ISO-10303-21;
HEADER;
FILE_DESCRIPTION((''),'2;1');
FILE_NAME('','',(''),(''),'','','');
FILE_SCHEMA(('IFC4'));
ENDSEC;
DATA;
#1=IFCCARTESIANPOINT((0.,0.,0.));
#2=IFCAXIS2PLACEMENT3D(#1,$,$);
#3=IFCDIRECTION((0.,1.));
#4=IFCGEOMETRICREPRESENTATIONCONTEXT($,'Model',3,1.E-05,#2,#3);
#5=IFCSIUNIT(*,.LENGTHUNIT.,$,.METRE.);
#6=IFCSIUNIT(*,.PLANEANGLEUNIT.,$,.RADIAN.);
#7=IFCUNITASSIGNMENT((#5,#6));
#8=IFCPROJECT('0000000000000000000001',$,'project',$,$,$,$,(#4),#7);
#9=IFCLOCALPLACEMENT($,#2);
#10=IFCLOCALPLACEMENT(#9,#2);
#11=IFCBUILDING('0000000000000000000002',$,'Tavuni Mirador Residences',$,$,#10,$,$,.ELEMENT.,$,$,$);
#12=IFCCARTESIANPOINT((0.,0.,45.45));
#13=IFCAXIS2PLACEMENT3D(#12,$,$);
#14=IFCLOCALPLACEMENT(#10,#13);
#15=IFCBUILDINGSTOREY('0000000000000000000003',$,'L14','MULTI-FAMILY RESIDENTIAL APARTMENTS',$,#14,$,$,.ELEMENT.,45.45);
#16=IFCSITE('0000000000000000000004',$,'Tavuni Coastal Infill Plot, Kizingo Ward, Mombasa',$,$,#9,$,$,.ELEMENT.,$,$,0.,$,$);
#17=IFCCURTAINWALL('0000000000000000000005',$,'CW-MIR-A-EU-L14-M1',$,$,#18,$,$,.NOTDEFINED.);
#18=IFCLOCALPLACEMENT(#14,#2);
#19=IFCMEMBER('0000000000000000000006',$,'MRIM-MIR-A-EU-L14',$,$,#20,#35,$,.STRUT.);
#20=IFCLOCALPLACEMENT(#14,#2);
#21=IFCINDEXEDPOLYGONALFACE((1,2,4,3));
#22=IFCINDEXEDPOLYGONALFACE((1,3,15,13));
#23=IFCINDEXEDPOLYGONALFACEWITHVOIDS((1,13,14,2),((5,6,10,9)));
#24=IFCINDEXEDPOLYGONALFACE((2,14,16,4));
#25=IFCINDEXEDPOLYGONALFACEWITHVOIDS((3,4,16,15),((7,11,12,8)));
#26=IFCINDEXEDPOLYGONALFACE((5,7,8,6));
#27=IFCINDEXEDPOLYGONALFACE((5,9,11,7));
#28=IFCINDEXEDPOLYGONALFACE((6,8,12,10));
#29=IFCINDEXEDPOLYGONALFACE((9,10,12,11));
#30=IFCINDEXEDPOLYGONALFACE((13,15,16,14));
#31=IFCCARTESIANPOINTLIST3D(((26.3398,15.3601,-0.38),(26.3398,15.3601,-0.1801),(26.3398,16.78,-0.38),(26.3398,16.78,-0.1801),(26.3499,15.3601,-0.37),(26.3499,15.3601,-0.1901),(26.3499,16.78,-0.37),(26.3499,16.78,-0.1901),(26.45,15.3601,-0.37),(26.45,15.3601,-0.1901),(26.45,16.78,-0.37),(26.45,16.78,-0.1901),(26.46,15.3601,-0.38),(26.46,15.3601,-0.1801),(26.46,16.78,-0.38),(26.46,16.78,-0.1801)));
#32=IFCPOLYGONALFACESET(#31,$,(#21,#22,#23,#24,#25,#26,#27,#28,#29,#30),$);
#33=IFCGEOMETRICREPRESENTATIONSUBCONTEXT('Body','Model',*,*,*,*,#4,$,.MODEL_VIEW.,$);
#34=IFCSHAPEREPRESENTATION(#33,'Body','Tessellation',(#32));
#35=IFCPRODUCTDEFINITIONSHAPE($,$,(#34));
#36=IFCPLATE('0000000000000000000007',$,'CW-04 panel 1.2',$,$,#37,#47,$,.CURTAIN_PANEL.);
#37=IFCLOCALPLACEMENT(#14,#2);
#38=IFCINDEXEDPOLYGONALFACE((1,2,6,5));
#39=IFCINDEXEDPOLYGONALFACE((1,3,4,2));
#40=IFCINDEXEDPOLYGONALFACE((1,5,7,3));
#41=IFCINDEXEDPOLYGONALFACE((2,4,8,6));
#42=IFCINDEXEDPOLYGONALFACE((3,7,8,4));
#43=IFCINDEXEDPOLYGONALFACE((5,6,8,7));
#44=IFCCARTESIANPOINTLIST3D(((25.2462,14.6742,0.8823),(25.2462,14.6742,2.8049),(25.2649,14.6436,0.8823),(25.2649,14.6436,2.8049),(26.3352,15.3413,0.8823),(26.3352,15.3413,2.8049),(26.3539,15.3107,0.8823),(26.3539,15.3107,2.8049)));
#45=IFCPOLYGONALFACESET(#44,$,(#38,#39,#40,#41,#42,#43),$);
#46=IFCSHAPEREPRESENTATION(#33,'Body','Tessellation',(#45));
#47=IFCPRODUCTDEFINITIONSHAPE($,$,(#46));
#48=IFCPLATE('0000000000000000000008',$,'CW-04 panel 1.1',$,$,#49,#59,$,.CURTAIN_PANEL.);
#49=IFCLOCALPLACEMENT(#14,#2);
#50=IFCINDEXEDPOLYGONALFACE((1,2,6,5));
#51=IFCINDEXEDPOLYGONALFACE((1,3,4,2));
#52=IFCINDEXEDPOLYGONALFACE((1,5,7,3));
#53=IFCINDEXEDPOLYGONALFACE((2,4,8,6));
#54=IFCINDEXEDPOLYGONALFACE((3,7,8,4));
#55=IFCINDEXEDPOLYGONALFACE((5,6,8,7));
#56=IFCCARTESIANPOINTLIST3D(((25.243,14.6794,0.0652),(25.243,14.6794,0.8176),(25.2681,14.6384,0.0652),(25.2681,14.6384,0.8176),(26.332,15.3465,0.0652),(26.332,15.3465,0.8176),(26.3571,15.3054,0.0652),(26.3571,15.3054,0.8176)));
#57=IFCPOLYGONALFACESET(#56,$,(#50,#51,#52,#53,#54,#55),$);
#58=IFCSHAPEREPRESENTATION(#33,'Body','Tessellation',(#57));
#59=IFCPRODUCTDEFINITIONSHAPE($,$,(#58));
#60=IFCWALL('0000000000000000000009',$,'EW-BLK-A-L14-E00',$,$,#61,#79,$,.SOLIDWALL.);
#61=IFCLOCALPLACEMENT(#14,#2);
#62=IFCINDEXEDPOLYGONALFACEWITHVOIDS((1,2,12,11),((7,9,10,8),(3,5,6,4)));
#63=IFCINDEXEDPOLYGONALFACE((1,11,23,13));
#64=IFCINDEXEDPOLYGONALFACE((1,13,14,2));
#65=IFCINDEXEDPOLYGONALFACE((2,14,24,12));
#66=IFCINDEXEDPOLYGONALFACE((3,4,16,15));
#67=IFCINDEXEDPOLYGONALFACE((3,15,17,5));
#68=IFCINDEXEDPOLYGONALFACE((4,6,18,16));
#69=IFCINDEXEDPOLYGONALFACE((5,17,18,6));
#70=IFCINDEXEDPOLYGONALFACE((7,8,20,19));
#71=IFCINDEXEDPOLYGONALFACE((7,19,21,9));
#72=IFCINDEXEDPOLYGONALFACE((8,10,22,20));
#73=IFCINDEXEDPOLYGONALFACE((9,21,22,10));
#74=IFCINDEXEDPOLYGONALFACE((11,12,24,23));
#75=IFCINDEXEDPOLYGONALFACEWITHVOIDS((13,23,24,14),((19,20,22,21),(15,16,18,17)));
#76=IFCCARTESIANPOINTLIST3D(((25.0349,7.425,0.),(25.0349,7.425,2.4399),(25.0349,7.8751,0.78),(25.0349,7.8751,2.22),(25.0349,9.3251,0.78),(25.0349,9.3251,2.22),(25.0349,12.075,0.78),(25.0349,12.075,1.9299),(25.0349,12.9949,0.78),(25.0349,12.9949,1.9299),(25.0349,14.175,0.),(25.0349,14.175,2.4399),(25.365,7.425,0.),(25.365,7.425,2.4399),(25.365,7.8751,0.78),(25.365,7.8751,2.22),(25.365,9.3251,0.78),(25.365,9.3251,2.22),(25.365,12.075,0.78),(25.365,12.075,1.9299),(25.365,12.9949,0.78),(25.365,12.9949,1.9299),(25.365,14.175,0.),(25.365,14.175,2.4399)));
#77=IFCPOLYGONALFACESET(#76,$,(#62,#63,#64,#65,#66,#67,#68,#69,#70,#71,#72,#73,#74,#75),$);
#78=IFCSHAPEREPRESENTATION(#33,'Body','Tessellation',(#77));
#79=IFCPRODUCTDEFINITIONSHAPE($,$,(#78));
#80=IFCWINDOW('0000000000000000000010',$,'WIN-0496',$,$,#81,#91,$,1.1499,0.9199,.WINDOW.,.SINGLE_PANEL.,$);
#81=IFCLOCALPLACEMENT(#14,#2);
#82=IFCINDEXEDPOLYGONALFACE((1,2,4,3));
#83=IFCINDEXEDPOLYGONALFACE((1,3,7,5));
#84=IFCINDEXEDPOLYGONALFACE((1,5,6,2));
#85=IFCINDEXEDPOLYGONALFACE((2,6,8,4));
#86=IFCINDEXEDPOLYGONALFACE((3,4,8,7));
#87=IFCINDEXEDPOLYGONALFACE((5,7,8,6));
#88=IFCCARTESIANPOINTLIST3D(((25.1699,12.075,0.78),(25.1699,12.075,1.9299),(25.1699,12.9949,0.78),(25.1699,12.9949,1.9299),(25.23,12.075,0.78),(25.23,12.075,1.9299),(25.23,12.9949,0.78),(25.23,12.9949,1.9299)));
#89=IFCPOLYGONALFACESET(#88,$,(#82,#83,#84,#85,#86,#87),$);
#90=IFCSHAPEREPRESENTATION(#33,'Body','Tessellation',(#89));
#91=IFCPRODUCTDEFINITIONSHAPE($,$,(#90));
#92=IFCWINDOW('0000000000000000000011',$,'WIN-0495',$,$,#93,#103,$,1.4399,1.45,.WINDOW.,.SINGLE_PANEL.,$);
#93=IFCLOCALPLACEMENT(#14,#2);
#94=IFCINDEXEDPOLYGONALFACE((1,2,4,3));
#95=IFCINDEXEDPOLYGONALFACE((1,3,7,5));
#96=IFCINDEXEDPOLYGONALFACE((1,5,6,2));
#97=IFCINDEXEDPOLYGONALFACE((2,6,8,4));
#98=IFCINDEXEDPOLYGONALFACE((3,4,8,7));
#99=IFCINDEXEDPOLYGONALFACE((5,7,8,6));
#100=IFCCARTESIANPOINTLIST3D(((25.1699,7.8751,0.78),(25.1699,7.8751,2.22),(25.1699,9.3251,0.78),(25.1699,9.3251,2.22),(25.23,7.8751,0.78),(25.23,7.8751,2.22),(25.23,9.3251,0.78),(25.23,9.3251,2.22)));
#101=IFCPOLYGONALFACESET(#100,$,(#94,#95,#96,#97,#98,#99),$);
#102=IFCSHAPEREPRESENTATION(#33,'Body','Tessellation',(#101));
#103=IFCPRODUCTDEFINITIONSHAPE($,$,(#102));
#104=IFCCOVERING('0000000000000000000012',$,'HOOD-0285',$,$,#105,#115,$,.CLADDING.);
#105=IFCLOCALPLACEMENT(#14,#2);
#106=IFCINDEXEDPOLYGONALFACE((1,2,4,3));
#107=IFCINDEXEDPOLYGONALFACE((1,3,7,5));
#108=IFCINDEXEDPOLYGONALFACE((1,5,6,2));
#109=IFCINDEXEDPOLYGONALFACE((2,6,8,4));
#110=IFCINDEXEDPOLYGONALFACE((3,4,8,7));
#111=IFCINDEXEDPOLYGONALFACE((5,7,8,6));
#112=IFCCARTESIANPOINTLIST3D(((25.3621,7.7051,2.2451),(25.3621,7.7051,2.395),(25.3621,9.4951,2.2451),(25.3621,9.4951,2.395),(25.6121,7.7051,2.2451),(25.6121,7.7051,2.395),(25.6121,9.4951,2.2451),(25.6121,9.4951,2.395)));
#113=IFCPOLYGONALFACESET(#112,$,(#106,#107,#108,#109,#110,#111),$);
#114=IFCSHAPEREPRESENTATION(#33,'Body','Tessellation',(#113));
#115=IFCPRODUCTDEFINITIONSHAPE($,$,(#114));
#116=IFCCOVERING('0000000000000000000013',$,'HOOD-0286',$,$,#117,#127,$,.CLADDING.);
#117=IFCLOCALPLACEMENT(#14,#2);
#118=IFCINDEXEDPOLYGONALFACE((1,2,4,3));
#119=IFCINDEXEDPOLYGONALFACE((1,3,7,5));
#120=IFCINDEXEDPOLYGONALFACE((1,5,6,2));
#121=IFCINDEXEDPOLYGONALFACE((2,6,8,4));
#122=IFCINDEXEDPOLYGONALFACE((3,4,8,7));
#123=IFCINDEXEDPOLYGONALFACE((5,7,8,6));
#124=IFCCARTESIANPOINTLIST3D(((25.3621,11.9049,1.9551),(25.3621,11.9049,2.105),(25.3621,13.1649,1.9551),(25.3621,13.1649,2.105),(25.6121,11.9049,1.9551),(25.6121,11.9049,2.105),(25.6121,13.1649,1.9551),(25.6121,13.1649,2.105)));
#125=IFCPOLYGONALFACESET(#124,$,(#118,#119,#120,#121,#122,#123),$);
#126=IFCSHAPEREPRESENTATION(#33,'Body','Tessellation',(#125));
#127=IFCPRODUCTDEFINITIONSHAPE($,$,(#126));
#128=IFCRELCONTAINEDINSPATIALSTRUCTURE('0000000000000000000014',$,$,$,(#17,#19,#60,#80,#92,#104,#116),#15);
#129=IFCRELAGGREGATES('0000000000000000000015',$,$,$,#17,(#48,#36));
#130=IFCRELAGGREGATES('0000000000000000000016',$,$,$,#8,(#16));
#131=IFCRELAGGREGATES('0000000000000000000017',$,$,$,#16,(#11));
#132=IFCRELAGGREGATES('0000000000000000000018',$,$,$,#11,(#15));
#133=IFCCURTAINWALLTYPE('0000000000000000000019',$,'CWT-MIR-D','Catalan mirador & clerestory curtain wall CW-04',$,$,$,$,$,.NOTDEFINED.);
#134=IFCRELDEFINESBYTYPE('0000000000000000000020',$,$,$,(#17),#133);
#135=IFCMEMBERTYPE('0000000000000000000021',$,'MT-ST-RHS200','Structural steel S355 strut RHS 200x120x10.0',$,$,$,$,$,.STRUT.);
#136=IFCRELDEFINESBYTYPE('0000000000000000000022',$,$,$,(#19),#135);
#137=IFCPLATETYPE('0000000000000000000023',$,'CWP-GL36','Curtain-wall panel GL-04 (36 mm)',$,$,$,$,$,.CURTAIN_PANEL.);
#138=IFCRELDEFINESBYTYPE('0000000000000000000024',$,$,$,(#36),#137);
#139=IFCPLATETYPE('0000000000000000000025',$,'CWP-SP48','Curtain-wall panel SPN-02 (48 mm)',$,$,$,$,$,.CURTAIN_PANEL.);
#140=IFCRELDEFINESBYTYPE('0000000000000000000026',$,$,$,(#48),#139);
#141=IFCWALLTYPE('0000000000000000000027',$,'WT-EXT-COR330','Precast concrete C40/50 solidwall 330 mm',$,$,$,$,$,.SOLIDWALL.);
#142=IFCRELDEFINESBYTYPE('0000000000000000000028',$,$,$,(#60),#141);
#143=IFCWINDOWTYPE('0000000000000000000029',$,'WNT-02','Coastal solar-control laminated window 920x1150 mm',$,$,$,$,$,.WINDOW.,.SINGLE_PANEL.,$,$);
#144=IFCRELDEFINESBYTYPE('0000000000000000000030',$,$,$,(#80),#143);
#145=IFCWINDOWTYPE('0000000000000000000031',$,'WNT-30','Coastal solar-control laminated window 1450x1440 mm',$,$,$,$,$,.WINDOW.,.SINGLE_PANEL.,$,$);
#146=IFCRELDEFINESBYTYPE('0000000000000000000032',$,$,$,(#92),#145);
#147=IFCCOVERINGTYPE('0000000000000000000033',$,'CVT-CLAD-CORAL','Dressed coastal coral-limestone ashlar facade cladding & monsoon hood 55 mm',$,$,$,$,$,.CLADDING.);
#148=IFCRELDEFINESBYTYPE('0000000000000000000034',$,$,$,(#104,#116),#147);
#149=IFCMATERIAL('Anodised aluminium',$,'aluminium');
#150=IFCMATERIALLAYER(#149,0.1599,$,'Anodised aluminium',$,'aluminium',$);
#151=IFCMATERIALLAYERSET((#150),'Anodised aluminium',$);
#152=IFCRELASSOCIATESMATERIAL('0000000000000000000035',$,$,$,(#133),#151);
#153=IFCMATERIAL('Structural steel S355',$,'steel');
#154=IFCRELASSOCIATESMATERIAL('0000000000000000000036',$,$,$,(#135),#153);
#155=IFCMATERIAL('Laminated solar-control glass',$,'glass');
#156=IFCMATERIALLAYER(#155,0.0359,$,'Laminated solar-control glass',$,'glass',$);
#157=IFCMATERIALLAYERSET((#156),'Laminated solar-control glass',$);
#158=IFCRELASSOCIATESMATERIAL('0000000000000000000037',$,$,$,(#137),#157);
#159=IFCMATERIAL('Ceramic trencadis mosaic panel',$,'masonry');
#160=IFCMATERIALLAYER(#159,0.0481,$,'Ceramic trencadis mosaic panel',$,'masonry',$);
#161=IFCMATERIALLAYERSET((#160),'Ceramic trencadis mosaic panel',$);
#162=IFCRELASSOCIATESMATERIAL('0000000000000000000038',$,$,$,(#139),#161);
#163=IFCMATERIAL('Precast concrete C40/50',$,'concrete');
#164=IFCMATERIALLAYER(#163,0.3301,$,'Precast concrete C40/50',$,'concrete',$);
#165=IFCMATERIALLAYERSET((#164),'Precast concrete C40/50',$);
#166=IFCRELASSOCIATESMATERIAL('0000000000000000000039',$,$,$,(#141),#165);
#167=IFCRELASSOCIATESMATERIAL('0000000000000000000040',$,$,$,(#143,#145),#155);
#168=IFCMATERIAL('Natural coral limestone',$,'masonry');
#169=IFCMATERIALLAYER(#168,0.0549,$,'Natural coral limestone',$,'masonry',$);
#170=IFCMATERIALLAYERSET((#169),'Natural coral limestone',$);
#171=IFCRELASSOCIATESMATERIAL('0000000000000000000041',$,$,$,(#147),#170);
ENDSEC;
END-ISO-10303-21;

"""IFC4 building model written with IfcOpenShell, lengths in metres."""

from ifc_helpers import new_model, si_unit, direction, frame, frame_2d, origin, origin_2d, place, context, subcontext, project, spatial, rectangle, hollow_rectangle, extrude, material, layer, layer_set, material_profile, profile_set, type_object, element, fill, aggregate, save


model = new_model("IFC4")

# Units and contexts
model_context = context("Model", 3, precision=1e-05, world=origin(), true_north=direction((0.0, 1.0)))
body_context = subcontext(model_context, "Body", "Model", "MODEL_VIEW")
ifc_project = project(units=[si_unit("LENGTHUNIT", "METRE"), si_unit("PLANEANGLEUNIT", "RADIAN")], contexts=[model_context])

# Site, building, storey
site_placement = place(None, origin())
site = spatial("IfcSite", under=ifc_project, at=site_placement, Name="Tavuni Coastal Infill Plot, Kizingo Ward, Mombasa", CompositionType="ELEMENT", RefElevation=0.0)
building_placement = place(site_placement, origin())
building = spatial("IfcBuilding", under=site, at=building_placement, Name="Tavuni Mirador Residences", CompositionType="ELEMENT")
storey_placement = place(building_placement, frame((0.0, 0.0, 45.45)))
storey = spatial("IfcBuildingStorey", under=building, at=storey_placement, Name="L14", Description="MULTI-FAMILY RESIDENTIAL APARTMENTS", CompositionType="ELEMENT", Elevation=45.45)

# Shared definitions
ifc_material_1 = material(Name="Precast concrete C40/50", Category="concrete")

# Shared definitions
ifc_material_2 = material(Name="Anodised aluminium", Category="aluminium")

# Curtain wall
ifc_layer_1 = layer(ifc_material_2, 0.1599, Name="Anodised aluminium", Category="aluminium")
ifc_layer_set_1 = layer_set([ifc_layer_1], Name="Anodised aluminium")
curtain_wall_type_1 = type_object("IfcCurtainWallType", Name="CWT-MIR-D", Description="Catalan mirador & clerestory curtain wall CW-04", PredefinedType="NOTDEFINED", material=ifc_layer_set_1)
curtain_wall_1_placement = place(storey_placement, origin())
curtain_wall_1 = element("IfcCurtainWall", 1, at=curtain_wall_1_placement, inside=storey, type_object=curtain_wall_type_1, Name="CW-MIR-A-EU-L14-M1", PredefinedType="NOTDEFINED")

# Member
ifc_material_3 = material(Name="Structural steel S355", Category="steel")
ifc_material_profile_1 = material_profile(ifc_material_3, hollow_rectangle(XDim=0.1201, YDim=0.2, WallThickness=0.01, at=origin_2d()), Name="RHS 200x120x10.0", Category="steel")
ifc_profile_set_1 = profile_set([ifc_material_profile_1], Name="Structural steel S355")
member_type_1 = type_object("IfcMemberType", Name="MT-ST-RHS200", Description="Structural steel S355 strut RHS 200x120x10.0", PredefinedType="STRUT", material=ifc_profile_set_1)
member_1_placement = place(storey_placement, frame((26.3999, 15.3601, -0.28), z_axis=(0.0, 1.0, 0.0), x_axis=(-1.0, 0.0, 0.0)))
element("IfcMember", 2, at=member_1_placement, inside=storey, type_object=member_type_1, Name="MRIM-MIR-A-EU-L14", PredefinedType="STRUT", context=body_context, shape_type="SweptSolid", body=[
    extrude(hollow_rectangle(XDim=0.1201, YDim=0.2, WallThickness=0.01, at=origin_2d()), origin(), (0.0, 0.0, 1.0), 1.4199),
])

# Plates
ifc_material_4 = material(Name="Laminated solar-control glass", Category="glass")
ifc_layer_2 = layer(ifc_material_4, 0.0359, Name="Laminated solar-control glass", Category="glass")
ifc_layer_set_2 = layer_set([ifc_layer_2], Name="Laminated solar-control glass")
plate_type_1 = type_object("IfcPlateType", Name="CWP-GL36", Description="Curtain-wall panel GL-04 (36 mm)", PredefinedType="CURTAIN_PANEL", material=ifc_layer_set_2)
plate_1_placement = place(storey_placement, frame((25.8, 14.9924, 0.8823), z_axis=(0.0, 0.0, 1.0), x_axis=(0.852754, 0.522312, 0.0)))
plate_1 = element("IfcPlate", 3, at=plate_1_placement, type_object=plate_type_1, Name="CW-04 panel 1.2", PredefinedType="CURTAIN_PANEL", context=body_context, shape_type="SweptSolid", body=[
    extrude(rectangle(XDim=1.2771, YDim=0.0359, at=origin_2d()), origin(), (0.0, 0.0, 1.0), 1.9226),
])
ifc_material_5 = material(Name="Ceramic trencadis mosaic panel", Category="masonry")
ifc_layer_3 = layer(ifc_material_5, 0.0481, Name="Ceramic trencadis mosaic panel", Category="masonry")
ifc_layer_set_3 = layer_set([ifc_layer_3], Name="Ceramic trencadis mosaic panel")
plate_type_2 = type_object("IfcPlateType", Name="CWP-SP48", Description="Curtain-wall panel SPN-02 (48 mm)", PredefinedType="CURTAIN_PANEL", material=ifc_layer_set_3)
plate_2_placement = place(storey_placement, frame((25.8, 14.9924, 0.0652), z_axis=(0.0, 0.0, 1.0), x_axis=(0.852754, 0.522312, 0.0)))
plate_2 = element("IfcPlate", 4, at=plate_2_placement, type_object=plate_type_2, Name="CW-04 panel 1.1", PredefinedType="CURTAIN_PANEL", context=body_context, shape_type="SweptSolid", body=[
    extrude(rectangle(XDim=1.2771, YDim=0.0481, at=origin_2d()), origin(), (0.0, 0.0, 1.0), 0.7524),
])
aggregate(curtain_wall_1, [plate_2, plate_1])

# Wall, openings, windows
ifc_layer_4 = layer(ifc_material_1, 0.3301, Name="Precast concrete C40/50", Category="concrete")
ifc_layer_set_4 = layer_set([ifc_layer_4], Name="Precast concrete C40/50")
wall_type = type_object("IfcWallType", Name="WT-EXT-COR330", Description="Precast concrete C40/50 solidwall 330 mm", PredefinedType="SOLIDWALL", material=ifc_layer_set_4)
wall_placement = place(storey_placement, frame((25.2, 7.425, 0.0), z_axis=(0.0, 0.0, 1.0), x_axis=(0.0, 1.0, 0.0)))
wall = element("IfcWall", 5, at=wall_placement, inside=storey, type_object=wall_type, Name="EW-BLK-A-L14-E00", PredefinedType="SOLIDWALL", context=body_context, shape_type="SweptSolid", body=[
    extrude(rectangle(XDim=6.75, YDim=0.3301, at=frame_2d((3.375, 0.0))), origin(), (0.0, 0.0, 1.0), 2.4399),
])
opening_1_placement = place(wall_placement, frame((0.45, 0.0, 0.78)))
opening_1 = element("IfcOpeningElement", 6, at=opening_1_placement, cuts=wall, PredefinedType="OPENING", context=body_context, shape_type="SweptSolid", body=[
    extrude(rectangle(XDim=1.45, YDim=1.4399, at=frame_2d((0.7251, 0.72))), frame((0.0, 0.175, 0.0), z_axis=(0.0, -1.0, 0.0), x_axis=(1.0, 0.0, 0.0)), (0.0, 0.0, 1.0), 0.3501),
])
opening_2_placement = place(wall_placement, frame((4.6499, 0.0, 0.78)))
opening_2 = element("IfcOpeningElement", 7, at=opening_2_placement, cuts=wall, PredefinedType="OPENING", context=body_context, shape_type="SweptSolid", body=[
    extrude(rectangle(XDim=0.9199, YDim=1.1499, at=frame_2d((0.46, 0.575))), frame((0.0, 0.175, 0.0), z_axis=(0.0, -1.0, 0.0), x_axis=(1.0, 0.0, 0.0)), (0.0, 0.0, 1.0), 0.3501),
])
window_type_1 = type_object("IfcWindowType", Name="WNT-02", Description="Coastal solar-control laminated window 920x1150 mm", PartitioningType="SINGLE_PANEL", PredefinedType="WINDOW", material=ifc_material_4)
window_1_placement = place(opening_2_placement, origin())
window_1 = element("IfcWindow", 8, at=window_1_placement, inside=storey, type_object=window_type_1, Name="WIN-0496", OverallHeight=1.1499, OverallWidth=0.9199, PartitioningType="SINGLE_PANEL", PredefinedType="WINDOW", context=body_context, shape_type="SweptSolid", body=[
    extrude(rectangle(XDim=0.9199, YDim=1.1499, at=frame_2d((0.46, 0.575))), frame((0.0, 0.03, 0.0), z_axis=(0.0, -1.0, 0.0), x_axis=(1.0, 0.0, 0.0)), (0.0, 0.0, 1.0), 0.0601),
])
fill(opening_2, window_1)
window_type_2 = type_object("IfcWindowType", Name="WNT-30", Description="Coastal solar-control laminated window 1450x1440 mm", PartitioningType="SINGLE_PANEL", PredefinedType="WINDOW", material=ifc_material_4)
window_2_placement = place(opening_1_placement, origin())
window_2 = element("IfcWindow", 9, at=window_2_placement, inside=storey, type_object=window_type_2, Name="WIN-0495", OverallHeight=1.4399, OverallWidth=1.45, PartitioningType="SINGLE_PANEL", PredefinedType="WINDOW", context=body_context, shape_type="SweptSolid", body=[
    extrude(rectangle(XDim=1.45, YDim=1.4399, at=frame_2d((0.7251, 0.72))), frame((0.0, 0.03, 0.0), z_axis=(0.0, -1.0, 0.0), x_axis=(1.0, 0.0, 0.0)), (0.0, 0.0, 1.0), 0.0601),
])
fill(opening_1, window_2)

# Coverings
ifc_material_6 = material(Name="Natural coral limestone", Category="masonry")
ifc_layer_5 = layer(ifc_material_6, 0.0549, Name="Natural coral limestone", Category="masonry")
ifc_layer_set_5 = layer_set([ifc_layer_5], Name="Natural coral limestone")
covering_type = type_object("IfcCoveringType", Name="CVT-CLAD-CORAL", Description="Dressed coastal coral-limestone ashlar facade cladding & monsoon hood 55 mm", PredefinedType="CLADDING", material=ifc_layer_set_5)
covering_1_placement = place(storey_placement, frame((25.4871, 8.6001, 2.2451), z_axis=(0.0, 0.0, 1.0), x_axis=(0.0, 1.0, 0.0)))
element("IfcCovering", 10, at=covering_1_placement, inside=storey, type_object=covering_type, Name="HOOD-0285", PredefinedType="CLADDING", context=body_context, shape_type="SweptSolid", body=[
    extrude(rectangle(XDim=1.79, YDim=0.25, at=origin_2d()), origin(), (0.0, 0.0, 1.0), 0.1499),
])
covering_2_placement = place(storey_placement, frame((25.4871, 12.5349, 1.9551), z_axis=(0.0, 0.0, 1.0), x_axis=(0.0, 1.0, 0.0)))
element("IfcCovering", 11, at=covering_2_placement, inside=storey, type_object=covering_type, Name="HOOD-0286", PredefinedType="CLADDING", context=body_context, shape_type="SweptSolid", body=[
    extrude(rectangle(XDim=1.26, YDim=0.25, at=origin_2d()), origin(), (0.0, 0.0, 1.0), 0.1499),
])

save(model, "model.ifc")
